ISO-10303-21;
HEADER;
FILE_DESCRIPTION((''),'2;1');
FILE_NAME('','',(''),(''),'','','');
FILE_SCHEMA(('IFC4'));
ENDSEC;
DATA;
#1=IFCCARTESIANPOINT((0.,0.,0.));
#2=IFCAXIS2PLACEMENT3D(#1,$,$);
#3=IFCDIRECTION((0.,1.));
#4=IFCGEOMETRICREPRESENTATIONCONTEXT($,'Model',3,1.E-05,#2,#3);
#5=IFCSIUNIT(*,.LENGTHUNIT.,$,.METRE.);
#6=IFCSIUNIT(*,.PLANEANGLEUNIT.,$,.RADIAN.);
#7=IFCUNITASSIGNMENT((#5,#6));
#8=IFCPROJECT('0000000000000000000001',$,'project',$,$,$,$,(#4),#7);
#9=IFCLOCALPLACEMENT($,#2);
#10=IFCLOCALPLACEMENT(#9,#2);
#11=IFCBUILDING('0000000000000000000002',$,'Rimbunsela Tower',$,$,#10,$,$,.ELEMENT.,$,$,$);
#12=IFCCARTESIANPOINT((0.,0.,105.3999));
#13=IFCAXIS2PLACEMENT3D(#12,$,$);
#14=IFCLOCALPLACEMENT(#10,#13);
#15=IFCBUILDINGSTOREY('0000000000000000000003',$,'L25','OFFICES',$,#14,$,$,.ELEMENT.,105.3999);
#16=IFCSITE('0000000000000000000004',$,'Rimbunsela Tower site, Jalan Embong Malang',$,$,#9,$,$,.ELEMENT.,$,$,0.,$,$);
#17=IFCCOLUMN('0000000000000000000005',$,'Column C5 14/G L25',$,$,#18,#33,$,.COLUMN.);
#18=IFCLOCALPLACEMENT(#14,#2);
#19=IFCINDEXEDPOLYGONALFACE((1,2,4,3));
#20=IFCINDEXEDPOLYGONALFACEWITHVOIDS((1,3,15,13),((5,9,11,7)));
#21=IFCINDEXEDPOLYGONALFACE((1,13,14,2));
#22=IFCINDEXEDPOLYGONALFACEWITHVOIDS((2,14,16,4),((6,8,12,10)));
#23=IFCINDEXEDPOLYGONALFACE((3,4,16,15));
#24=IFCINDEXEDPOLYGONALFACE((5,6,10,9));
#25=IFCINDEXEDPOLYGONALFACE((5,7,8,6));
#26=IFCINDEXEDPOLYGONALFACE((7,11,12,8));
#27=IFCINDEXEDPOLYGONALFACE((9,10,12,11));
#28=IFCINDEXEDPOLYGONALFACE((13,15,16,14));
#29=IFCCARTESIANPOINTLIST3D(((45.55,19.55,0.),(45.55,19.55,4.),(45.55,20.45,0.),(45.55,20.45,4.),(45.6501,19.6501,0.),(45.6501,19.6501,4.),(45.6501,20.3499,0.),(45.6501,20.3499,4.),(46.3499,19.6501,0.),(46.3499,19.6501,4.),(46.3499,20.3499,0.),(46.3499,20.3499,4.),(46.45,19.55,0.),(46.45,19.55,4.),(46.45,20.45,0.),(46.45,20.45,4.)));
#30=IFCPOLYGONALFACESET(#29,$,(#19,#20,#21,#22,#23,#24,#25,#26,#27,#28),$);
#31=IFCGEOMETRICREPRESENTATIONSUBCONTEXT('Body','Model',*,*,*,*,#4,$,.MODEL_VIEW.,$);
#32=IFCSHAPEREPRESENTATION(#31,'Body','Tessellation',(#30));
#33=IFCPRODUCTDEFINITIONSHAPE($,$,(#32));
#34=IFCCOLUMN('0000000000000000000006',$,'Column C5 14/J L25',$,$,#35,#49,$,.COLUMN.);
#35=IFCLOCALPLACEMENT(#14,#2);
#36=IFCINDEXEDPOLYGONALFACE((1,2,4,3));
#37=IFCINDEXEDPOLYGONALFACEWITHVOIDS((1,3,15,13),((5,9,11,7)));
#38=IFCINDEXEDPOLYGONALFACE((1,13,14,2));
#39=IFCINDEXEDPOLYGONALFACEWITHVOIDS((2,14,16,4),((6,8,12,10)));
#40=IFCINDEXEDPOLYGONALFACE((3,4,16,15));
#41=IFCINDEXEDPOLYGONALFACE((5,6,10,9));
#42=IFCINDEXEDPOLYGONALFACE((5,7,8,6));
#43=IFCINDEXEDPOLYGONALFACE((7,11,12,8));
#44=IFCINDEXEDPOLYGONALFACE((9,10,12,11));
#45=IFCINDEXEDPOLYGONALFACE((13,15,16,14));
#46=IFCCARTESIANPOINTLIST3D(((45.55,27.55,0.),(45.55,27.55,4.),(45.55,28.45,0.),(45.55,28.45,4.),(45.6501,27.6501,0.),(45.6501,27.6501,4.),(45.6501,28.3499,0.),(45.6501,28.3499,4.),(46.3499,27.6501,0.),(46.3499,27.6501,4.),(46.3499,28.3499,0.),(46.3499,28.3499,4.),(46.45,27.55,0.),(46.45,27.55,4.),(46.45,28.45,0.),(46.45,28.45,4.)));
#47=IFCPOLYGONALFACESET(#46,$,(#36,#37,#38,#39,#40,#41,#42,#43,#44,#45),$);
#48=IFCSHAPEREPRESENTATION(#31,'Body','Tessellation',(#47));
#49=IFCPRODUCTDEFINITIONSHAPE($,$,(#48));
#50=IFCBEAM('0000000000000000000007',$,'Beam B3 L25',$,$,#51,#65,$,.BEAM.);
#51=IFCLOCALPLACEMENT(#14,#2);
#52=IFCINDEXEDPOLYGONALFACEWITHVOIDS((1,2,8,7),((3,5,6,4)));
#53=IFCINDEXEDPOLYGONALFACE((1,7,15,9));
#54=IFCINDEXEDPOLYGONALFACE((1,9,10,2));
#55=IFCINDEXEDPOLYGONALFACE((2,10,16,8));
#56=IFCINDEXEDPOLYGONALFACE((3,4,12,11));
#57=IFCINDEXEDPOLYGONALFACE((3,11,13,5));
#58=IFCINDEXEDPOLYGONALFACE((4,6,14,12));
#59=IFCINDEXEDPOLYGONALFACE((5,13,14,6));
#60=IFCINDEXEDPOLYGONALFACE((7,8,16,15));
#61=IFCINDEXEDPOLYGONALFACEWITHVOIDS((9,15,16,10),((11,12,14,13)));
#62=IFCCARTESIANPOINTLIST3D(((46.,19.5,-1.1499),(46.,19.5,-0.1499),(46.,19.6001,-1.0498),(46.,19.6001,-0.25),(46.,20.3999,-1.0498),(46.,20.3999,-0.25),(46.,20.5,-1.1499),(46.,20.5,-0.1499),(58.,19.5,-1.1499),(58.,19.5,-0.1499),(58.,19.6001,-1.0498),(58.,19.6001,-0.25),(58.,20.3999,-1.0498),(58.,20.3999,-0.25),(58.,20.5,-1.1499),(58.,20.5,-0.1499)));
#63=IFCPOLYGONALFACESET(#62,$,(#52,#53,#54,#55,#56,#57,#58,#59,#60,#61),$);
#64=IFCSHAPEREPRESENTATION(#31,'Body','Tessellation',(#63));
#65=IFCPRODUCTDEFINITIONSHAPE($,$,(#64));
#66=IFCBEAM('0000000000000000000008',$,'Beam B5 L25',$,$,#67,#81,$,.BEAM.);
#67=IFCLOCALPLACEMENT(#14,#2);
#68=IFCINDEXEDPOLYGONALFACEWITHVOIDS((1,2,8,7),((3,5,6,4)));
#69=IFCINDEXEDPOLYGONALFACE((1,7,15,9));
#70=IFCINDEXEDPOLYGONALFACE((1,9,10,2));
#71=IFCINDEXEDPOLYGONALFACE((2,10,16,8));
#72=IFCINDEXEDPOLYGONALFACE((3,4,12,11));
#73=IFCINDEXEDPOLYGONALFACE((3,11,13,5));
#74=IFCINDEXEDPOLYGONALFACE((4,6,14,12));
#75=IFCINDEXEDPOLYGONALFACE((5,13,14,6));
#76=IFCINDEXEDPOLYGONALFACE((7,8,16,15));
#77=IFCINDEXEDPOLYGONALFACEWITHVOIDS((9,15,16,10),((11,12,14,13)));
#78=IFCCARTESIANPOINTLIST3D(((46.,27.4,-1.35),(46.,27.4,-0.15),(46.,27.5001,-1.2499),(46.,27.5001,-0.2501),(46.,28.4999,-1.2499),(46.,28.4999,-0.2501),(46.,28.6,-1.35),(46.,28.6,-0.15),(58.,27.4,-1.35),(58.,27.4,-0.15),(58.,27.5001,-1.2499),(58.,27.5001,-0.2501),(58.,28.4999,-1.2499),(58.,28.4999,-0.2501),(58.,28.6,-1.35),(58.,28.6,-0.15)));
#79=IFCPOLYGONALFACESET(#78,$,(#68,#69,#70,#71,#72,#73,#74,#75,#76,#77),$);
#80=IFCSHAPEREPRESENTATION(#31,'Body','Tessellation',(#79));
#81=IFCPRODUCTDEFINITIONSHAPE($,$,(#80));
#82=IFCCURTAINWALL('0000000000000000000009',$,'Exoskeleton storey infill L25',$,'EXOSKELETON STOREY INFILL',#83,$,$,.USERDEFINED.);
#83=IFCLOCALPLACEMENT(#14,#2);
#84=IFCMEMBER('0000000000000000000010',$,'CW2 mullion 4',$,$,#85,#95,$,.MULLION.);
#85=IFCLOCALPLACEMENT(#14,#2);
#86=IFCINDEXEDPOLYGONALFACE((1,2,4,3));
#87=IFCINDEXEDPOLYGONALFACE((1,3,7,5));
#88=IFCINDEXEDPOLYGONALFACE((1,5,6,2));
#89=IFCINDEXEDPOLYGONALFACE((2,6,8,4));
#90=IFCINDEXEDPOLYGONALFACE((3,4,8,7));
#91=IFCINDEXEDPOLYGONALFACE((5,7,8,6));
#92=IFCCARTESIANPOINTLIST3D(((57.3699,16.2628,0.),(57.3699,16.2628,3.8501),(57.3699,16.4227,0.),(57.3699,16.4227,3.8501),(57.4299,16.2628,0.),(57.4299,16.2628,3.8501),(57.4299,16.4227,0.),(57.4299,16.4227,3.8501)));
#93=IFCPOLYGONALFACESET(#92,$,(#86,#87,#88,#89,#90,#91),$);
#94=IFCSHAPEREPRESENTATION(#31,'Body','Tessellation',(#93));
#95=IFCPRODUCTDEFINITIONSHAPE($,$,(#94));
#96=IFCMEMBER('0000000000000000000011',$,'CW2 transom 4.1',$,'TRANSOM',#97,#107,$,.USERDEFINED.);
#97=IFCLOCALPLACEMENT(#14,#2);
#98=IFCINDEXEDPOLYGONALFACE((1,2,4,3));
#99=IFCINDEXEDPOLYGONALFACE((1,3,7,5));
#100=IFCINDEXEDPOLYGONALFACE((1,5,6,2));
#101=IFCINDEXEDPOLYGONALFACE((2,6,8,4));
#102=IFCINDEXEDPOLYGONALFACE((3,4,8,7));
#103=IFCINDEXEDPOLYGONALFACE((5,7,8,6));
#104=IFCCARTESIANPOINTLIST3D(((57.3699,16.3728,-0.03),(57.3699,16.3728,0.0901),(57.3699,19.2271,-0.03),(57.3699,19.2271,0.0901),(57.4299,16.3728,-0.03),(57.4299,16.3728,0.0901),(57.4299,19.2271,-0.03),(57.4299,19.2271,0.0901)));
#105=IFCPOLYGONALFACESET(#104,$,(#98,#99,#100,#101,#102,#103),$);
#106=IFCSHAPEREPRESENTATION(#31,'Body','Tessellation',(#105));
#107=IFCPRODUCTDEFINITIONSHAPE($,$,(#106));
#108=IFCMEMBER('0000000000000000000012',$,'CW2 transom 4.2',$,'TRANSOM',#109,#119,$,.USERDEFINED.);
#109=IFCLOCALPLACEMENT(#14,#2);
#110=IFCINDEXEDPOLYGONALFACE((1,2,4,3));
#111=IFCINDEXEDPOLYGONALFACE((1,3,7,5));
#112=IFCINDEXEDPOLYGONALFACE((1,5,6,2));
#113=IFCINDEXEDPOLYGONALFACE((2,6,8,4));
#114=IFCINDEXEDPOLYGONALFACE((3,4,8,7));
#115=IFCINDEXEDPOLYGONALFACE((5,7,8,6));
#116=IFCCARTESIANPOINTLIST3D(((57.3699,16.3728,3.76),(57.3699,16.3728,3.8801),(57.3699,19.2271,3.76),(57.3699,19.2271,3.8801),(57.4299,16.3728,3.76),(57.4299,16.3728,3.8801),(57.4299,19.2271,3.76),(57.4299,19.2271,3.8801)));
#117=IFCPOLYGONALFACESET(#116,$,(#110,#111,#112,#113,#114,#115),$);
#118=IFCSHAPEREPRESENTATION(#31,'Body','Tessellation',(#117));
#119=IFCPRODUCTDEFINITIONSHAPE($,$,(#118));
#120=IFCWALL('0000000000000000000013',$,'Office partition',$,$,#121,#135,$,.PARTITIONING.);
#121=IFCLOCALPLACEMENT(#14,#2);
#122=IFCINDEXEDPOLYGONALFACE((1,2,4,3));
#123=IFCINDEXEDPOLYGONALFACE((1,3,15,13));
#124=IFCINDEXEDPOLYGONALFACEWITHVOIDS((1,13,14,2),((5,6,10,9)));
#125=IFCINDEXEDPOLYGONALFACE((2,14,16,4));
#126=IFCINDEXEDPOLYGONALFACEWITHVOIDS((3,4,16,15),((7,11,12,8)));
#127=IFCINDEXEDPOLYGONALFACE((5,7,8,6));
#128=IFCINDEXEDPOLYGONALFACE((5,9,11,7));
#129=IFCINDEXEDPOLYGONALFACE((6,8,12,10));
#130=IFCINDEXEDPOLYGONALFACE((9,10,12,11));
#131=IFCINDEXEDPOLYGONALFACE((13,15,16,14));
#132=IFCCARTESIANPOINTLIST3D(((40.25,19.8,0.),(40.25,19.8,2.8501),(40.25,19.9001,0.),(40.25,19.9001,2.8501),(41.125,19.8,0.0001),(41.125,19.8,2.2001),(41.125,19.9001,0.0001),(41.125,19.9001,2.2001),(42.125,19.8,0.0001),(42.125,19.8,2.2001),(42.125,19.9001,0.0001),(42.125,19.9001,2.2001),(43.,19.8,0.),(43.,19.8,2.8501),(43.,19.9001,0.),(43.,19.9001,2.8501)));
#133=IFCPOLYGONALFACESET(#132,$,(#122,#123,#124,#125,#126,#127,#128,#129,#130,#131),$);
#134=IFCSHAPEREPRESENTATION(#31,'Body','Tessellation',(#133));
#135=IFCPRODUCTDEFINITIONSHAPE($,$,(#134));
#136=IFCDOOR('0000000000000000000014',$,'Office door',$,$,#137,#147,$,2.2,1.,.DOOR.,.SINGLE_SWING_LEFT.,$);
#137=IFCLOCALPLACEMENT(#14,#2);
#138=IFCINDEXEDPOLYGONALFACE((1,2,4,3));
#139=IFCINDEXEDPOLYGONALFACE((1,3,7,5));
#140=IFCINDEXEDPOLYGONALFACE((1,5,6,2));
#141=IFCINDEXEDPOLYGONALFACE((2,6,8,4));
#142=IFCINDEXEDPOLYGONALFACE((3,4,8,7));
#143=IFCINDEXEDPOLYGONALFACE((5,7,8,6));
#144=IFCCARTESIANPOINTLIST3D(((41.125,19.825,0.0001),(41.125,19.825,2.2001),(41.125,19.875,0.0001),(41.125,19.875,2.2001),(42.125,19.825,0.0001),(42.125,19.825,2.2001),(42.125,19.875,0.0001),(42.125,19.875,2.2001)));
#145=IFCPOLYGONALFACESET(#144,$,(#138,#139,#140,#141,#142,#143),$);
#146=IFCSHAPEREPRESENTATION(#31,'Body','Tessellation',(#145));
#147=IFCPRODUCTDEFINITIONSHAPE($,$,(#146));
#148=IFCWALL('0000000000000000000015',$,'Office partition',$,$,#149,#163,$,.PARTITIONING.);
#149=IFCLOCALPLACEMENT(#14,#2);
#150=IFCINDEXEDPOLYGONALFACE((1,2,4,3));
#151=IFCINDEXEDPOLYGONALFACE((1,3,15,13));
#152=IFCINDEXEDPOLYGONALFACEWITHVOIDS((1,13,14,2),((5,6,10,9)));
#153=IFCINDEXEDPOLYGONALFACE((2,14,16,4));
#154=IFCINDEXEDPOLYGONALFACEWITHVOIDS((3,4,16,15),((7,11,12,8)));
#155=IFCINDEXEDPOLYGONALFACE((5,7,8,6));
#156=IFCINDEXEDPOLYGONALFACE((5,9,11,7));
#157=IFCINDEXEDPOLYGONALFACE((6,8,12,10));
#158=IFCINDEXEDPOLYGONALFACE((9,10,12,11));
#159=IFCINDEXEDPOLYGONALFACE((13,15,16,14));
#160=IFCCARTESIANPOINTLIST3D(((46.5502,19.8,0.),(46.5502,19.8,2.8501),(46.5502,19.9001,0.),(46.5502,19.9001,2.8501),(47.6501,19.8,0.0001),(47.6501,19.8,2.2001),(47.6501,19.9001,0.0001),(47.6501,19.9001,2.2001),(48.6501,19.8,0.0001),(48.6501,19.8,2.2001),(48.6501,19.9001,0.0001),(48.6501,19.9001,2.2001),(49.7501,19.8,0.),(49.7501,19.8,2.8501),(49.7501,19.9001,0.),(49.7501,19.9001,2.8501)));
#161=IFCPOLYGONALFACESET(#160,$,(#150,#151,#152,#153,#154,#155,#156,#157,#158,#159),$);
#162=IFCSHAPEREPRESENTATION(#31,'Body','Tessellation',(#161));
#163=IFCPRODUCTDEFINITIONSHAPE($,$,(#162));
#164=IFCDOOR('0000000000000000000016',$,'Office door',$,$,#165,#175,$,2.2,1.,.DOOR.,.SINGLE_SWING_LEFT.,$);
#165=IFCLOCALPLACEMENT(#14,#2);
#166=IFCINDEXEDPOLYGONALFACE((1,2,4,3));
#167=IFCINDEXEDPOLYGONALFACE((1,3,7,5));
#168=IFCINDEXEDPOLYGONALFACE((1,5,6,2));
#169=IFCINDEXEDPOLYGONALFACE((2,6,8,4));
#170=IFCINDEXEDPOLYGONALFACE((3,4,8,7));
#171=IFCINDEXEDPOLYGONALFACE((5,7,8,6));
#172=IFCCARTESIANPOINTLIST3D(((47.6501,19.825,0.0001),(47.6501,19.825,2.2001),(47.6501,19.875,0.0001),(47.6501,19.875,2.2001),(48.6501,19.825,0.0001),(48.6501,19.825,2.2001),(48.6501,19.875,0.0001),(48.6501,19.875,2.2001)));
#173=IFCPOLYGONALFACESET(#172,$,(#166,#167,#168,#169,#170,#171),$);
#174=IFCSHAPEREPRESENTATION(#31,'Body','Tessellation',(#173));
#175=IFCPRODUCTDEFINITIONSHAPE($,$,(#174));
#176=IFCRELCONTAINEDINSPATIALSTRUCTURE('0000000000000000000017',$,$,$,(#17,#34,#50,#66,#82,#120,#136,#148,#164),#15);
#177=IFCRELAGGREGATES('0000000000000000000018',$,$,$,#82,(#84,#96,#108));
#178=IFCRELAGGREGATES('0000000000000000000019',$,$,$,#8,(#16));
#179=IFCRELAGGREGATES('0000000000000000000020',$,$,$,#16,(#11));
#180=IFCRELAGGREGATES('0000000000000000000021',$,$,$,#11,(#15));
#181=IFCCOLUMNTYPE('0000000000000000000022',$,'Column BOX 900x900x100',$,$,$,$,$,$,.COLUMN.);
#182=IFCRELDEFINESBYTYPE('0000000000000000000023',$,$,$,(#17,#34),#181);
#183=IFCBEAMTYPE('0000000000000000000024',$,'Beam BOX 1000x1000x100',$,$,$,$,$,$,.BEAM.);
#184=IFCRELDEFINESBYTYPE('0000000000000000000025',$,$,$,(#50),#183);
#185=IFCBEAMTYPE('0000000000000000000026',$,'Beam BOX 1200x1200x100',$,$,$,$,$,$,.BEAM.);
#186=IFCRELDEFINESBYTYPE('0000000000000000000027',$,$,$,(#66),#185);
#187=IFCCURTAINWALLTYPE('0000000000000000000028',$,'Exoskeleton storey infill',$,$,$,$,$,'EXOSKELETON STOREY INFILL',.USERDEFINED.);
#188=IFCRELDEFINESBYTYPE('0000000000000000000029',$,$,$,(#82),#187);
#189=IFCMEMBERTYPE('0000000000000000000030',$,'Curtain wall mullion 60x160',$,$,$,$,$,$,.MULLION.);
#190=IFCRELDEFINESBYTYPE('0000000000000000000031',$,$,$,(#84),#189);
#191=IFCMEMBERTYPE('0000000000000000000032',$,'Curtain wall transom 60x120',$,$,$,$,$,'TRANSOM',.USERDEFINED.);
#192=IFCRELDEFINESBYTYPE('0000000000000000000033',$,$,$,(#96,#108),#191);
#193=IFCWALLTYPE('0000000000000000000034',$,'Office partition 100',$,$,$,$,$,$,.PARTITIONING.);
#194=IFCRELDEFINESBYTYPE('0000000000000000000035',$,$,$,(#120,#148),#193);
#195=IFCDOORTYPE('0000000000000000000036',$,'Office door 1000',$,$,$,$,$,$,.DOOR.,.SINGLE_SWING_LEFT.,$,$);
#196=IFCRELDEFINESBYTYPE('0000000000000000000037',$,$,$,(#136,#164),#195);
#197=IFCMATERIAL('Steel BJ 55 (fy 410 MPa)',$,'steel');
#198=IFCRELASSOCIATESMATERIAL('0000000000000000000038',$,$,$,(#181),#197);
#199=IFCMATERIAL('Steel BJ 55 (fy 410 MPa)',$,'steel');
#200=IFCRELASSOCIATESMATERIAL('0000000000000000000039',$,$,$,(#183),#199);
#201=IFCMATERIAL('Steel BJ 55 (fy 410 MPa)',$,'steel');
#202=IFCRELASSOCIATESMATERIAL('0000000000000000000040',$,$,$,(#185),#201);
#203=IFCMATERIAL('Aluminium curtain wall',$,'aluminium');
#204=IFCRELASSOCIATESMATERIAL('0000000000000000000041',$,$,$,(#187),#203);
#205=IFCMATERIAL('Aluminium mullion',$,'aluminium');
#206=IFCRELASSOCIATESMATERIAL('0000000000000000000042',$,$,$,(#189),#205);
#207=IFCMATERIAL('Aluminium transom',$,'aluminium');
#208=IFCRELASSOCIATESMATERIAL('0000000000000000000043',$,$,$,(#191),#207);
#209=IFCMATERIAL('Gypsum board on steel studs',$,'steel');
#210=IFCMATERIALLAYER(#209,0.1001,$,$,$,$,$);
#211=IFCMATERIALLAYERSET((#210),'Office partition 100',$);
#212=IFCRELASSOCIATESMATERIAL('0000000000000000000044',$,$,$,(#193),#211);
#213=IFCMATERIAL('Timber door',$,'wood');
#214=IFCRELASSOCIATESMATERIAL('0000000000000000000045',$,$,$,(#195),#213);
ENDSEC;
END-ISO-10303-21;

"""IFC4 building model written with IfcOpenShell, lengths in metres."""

from ifc_helpers import new_model, si_unit, direction, frame, frame_2d, origin, origin_2d, place, context, subcontext, project, spatial, rectangle, hollow_rectangle, extrude, material, layer, layer_set, material_profile, profile_set, type_object, element, fill, aggregate, save


model = new_model("IFC4")

# Units and contexts
model_context = context("Model", 3, precision=1e-05, world=origin(), true_north=direction((0.0, 1.0)))
body_context = subcontext(model_context, "Body", "Model", "MODEL_VIEW")
ifc_project = project(units=[si_unit("LENGTHUNIT", "METRE"), si_unit("PLANEANGLEUNIT", "RADIAN")], contexts=[model_context])

# Site, building, storey
site_placement = place(None, origin())
site = spatial("IfcSite", under=ifc_project, at=site_placement, Name="Rimbunsela Tower site, Jalan Embong Malang", CompositionType="ELEMENT", RefElevation=0.0)
building_placement = place(site_placement, origin())
building = spatial("IfcBuilding", under=site, at=building_placement, Name="Rimbunsela Tower", CompositionType="ELEMENT")
storey_placement = place(building_placement, frame((0.0, 0.0, 105.3999)))
storey = spatial("IfcBuildingStorey", under=building, at=storey_placement, Name="L25", Description="OFFICES", CompositionType="ELEMENT", Elevation=105.3999)

# Columns
ifc_material_1 = material(Name="Steel BJ 55 (fy 410 MPa)", Category="steel")
ifc_material_profile_1 = material_profile(ifc_material_1, hollow_rectangle(XDim=0.8999, YDim=0.8999, WallThickness=0.1001, at=origin_2d()), Name="BOX 900x900x100")
ifc_profile_set_1 = profile_set([ifc_material_profile_1], Name="Steel BJ 55 (fy 410 MPa)")
column_type = type_object("IfcColumnType", Name="Column BOX 900x900x100", PredefinedType="COLUMN", material=ifc_profile_set_1)
for number, where, z_axis, x_axis, name in (
    (1, (46.0, 20.0, 0.0), (0.0, 0.0, 1.0), (1.0, 0.0, 0.0), "Column C5 14/G L25"),
    (2, (46.0, 28.0, 0.0), (0.0, 0.0, 1.0), (1.0, 0.0, 0.0), "Column C5 14/J L25"),
):
    element("IfcColumn", number, at=place(storey_placement, frame(where, z_axis=z_axis, x_axis=x_axis)), inside=storey, type_object=column_type, Name=name, PredefinedType="COLUMN", context=body_context, shape_type="SweptSolid", body=[
        extrude(hollow_rectangle(XDim=0.8999, YDim=0.8999, WallThickness=0.1001, at=origin_2d()), origin(), (0.0, 0.0, 1.0), 4.0),
    ])

# Beams
ifc_material_2 = material(Name="Steel BJ 55 (fy 410 MPa)", Category="steel")
ifc_material_profile_2 = material_profile(ifc_material_2, hollow_rectangle(XDim=1.0, YDim=1.0, WallThickness=0.1001, at=origin_2d()), Name="BOX 1000x1000x100")
ifc_profile_set_2 = profile_set([ifc_material_profile_2], Name="Steel BJ 55 (fy 410 MPa)")
beam_type_1 = type_object("IfcBeamType", Name="Beam BOX 1000x1000x100", PredefinedType="BEAM", material=ifc_profile_set_2)
beam_1_placement = place(storey_placement, frame((46.0, 20.0, -0.6499), z_axis=(1.0, 0.0, 0.0), x_axis=(0.0, 1.0, 0.0)))
element("IfcBeam", 3, at=beam_1_placement, inside=storey, type_object=beam_type_1, Name="Beam B3 L25", PredefinedType="BEAM", context=body_context, shape_type="SweptSolid", body=[
    extrude(hollow_rectangle(XDim=1.0, YDim=1.0, WallThickness=0.1001, at=origin_2d()), origin(), (0.0, 0.0, 1.0), 12.0),
])
ifc_material_3 = material(Name="Steel BJ 55 (fy 410 MPa)", Category="steel")
ifc_material_profile_3 = material_profile(ifc_material_3, hollow_rectangle(XDim=1.2, YDim=1.2, WallThickness=0.1001, at=origin_2d()), Name="BOX 1200x1200x100")
ifc_profile_set_3 = profile_set([ifc_material_profile_3], Name="Steel BJ 55 (fy 410 MPa)")
beam_type_2 = type_object("IfcBeamType", Name="Beam BOX 1200x1200x100", PredefinedType="BEAM", material=ifc_profile_set_3)
beam_2_placement = place(storey_placement, frame((46.0, 28.0, -0.75), z_axis=(1.0, 0.0, 0.0), x_axis=(0.0, 1.0, 0.0)))
element("IfcBeam", 4, at=beam_2_placement, inside=storey, type_object=beam_type_2, Name="Beam B5 L25", PredefinedType="BEAM", context=body_context, shape_type="SweptSolid", body=[
    extrude(hollow_rectangle(XDim=1.2, YDim=1.2, WallThickness=0.1001, at=origin_2d()), origin(), (0.0, 0.0, 1.0), 12.0),
])

# Curtain wall, members
ifc_material_4 = material(Name="Aluminium curtain wall", Category="aluminium")
curtain_wall_type = type_object("IfcCurtainWallType", Name="Exoskeleton storey infill", ElementType="EXOSKELETON STOREY INFILL", PredefinedType="USERDEFINED", material=ifc_material_4)
curtain_wall_placement = place(storey_placement, origin())
curtain_wall = element("IfcCurtainWall", 5, at=curtain_wall_placement, inside=storey, type_object=curtain_wall_type, Name="Exoskeleton storey infill L25", ObjectType="EXOSKELETON STOREY INFILL", PredefinedType="USERDEFINED")
ifc_material_5 = material(Name="Aluminium mullion", Category="aluminium")
ifc_material_profile_4 = material_profile(ifc_material_5, rectangle(XDim=0.0601, YDim=0.1599, at=origin_2d()), Name="Mullion 60x160")
ifc_profile_set_4 = profile_set([ifc_material_profile_4], Name="Aluminium mullion")
member_type_1 = type_object("IfcMemberType", Name="Curtain wall mullion 60x160", PredefinedType="MULLION", material=ifc_profile_set_4)
member_1_placement = place(storey_placement, frame((57.3999, 16.3428, 0.0), z_axis=(0.0, 0.0, 1.0), x_axis=(-1.0, 0.0, 0.0)))
member_1 = element("IfcMember", 6, at=member_1_placement, type_object=member_type_1, Name="CW2 mullion 4", PredefinedType="MULLION", context=body_context, shape_type="SweptSolid", body=[
    extrude(rectangle(XDim=0.0601, YDim=0.1599, at=origin_2d()), origin(), (0.0, 0.0, 1.0), 3.8501),
])
ifc_material_6 = material(Name="Aluminium transom", Category="aluminium")
ifc_material_profile_5 = material_profile(ifc_material_6, rectangle(XDim=0.0601, YDim=0.1201, at=origin_2d()), Name="Transom 60x120")
ifc_profile_set_5 = profile_set([ifc_material_profile_5], Name="Aluminium transom")
member_type_2 = type_object("IfcMemberType", Name="Curtain wall transom 60x120", ElementType="TRANSOM", PredefinedType="USERDEFINED", material=ifc_profile_set_5)
member_2_placement = place(storey_placement, frame((57.3999, 16.3728, 0.03), z_axis=(0.0, 1.0, 0.0), x_axis=(-1.0, 0.0, 0.0)))
member_2 = element("IfcMember", 7, at=member_2_placement, type_object=member_type_2, Name="CW2 transom 4.1", ObjectType="TRANSOM", PredefinedType="USERDEFINED", context=body_context, shape_type="SweptSolid", body=[
    extrude(rectangle(XDim=0.0601, YDim=0.1201, at=origin_2d()), origin(), (0.0, 0.0, 1.0), 2.8542),
])
member_3_placement = place(storey_placement, frame((57.3999, 16.3728, 3.8201), z_axis=(0.0, 1.0, 0.0), x_axis=(-1.0, 0.0, 0.0)))
member_3 = element("IfcMember", 8, at=member_3_placement, type_object=member_type_2, Name="CW2 transom 4.2", ObjectType="TRANSOM", PredefinedType="USERDEFINED", context=body_context, shape_type="SweptSolid", body=[
    extrude(rectangle(XDim=0.0601, YDim=0.1201, at=origin_2d()), origin(), (0.0, 0.0, 1.0), 2.8542),
])
aggregate(curtain_wall, [member_1, member_2, member_3])

# Walls, openings, doors
ifc_material_7 = material(Name="Gypsum board on steel studs", Category="steel")
ifc_layer = layer(ifc_material_7, 0.1001)
ifc_layer_set = layer_set([ifc_layer], Name="Office partition 100")
wall_type = type_object("IfcWallType", Name="Office partition 100", PredefinedType="PARTITIONING", material=ifc_layer_set)
wall_1_placement = place(storey_placement, frame((40.25, 19.8501, 0.0), z_axis=(0.0, 0.0, 1.0), x_axis=(1.0, 0.0, 0.0)))
wall_1 = element("IfcWall", 9, at=wall_1_placement, inside=storey, type_object=wall_type, Name="Office partition", PredefinedType="PARTITIONING", context=body_context, shape_type="SweptSolid", body=[
    extrude(rectangle(XDim=2.75, YDim=0.1001, at=frame_2d((1.375, 0.0))), origin(), (0.0, 0.0, 1.0), 2.8501),
])
opening_1_placement = place(wall_1_placement, frame((0.875, 0.0, 0.0)))
opening_1 = element("IfcOpeningElement", 10, at=opening_1_placement, cuts=wall_1, PredefinedType="OPENING", context=body_context, shape_type="SweptSolid", body=[
    extrude(rectangle(XDim=1.0, YDim=2.2, at=frame_2d((0.5, 1.1001))), frame((0.0, 0.0601, 0.0), z_axis=(0.0, -1.0, 0.0), x_axis=(1.0, 0.0, 0.0)), (0.0, 0.0, 1.0), 0.1201),
])
ifc_material_8 = material(Name="Timber door", Category="wood")
door_type = type_object("IfcDoorType", Name="Office door 1000", OperationType="SINGLE_SWING_LEFT", PredefinedType="DOOR", material=ifc_material_8)
door_1_placement = place(opening_1_placement, origin())
door_1 = element("IfcDoor", 11, at=door_1_placement, inside=storey, type_object=door_type, Name="Office door", OperationType="SINGLE_SWING_LEFT", OverallHeight=2.2, OverallWidth=1.0, PredefinedType="DOOR", context=body_context, shape_type="SweptSolid", body=[
    extrude(rectangle(XDim=1.0, YDim=2.2, at=frame_2d((0.5, 1.1001))), frame((0.0, 0.0249, 0.0), z_axis=(0.0, -1.0, 0.0), x_axis=(1.0, 0.0, 0.0)), (0.0, 0.0, 1.0), 0.05),
])
fill(opening_1, door_1)
wall_2_placement = place(storey_placement, frame((46.55, 19.8501, 0.0), z_axis=(0.0, 0.0, 1.0), x_axis=(1.0, 0.0, 0.0)))
wall_2 = element("IfcWall", 12, at=wall_2_placement, inside=storey, type_object=wall_type, Name="Office partition", PredefinedType="PARTITIONING", context=body_context, shape_type="SweptSolid", body=[
    extrude(rectangle(XDim=3.2, YDim=0.1001, at=frame_2d((1.6001, 0.0))), origin(), (0.0, 0.0, 1.0), 2.8501),
])
opening_2_placement = place(wall_2_placement, frame((1.1001, 0.0, 0.0)))
opening_2 = element("IfcOpeningElement", 13, at=opening_2_placement, cuts=wall_2, PredefinedType="OPENING", context=body_context, shape_type="SweptSolid", body=[
    extrude(rectangle(XDim=1.0, YDim=2.2, at=frame_2d((0.5, 1.1001))), frame((0.0, 0.0601, 0.0), z_axis=(0.0, -1.0, 0.0), x_axis=(1.0, 0.0, 0.0)), (0.0, 0.0, 1.0), 0.1201),
])
door_2_placement = place(opening_2_placement, origin())
door_2 = element("IfcDoor", 14, at=door_2_placement, inside=storey, type_object=door_type, Name="Office door", OperationType="SINGLE_SWING_LEFT", OverallHeight=2.2, OverallWidth=1.0, PredefinedType="DOOR", context=body_context, shape_type="SweptSolid", body=[
    extrude(rectangle(XDim=1.0, YDim=2.2, at=frame_2d((0.5, 1.1001))), frame((0.0, 0.0249, 0.0), z_axis=(0.0, -1.0, 0.0), x_axis=(1.0, 0.0, 0.0)), (0.0, 0.0, 1.0), 0.05),
])
fill(opening_2, door_2)

save(model, "model.ifc")
